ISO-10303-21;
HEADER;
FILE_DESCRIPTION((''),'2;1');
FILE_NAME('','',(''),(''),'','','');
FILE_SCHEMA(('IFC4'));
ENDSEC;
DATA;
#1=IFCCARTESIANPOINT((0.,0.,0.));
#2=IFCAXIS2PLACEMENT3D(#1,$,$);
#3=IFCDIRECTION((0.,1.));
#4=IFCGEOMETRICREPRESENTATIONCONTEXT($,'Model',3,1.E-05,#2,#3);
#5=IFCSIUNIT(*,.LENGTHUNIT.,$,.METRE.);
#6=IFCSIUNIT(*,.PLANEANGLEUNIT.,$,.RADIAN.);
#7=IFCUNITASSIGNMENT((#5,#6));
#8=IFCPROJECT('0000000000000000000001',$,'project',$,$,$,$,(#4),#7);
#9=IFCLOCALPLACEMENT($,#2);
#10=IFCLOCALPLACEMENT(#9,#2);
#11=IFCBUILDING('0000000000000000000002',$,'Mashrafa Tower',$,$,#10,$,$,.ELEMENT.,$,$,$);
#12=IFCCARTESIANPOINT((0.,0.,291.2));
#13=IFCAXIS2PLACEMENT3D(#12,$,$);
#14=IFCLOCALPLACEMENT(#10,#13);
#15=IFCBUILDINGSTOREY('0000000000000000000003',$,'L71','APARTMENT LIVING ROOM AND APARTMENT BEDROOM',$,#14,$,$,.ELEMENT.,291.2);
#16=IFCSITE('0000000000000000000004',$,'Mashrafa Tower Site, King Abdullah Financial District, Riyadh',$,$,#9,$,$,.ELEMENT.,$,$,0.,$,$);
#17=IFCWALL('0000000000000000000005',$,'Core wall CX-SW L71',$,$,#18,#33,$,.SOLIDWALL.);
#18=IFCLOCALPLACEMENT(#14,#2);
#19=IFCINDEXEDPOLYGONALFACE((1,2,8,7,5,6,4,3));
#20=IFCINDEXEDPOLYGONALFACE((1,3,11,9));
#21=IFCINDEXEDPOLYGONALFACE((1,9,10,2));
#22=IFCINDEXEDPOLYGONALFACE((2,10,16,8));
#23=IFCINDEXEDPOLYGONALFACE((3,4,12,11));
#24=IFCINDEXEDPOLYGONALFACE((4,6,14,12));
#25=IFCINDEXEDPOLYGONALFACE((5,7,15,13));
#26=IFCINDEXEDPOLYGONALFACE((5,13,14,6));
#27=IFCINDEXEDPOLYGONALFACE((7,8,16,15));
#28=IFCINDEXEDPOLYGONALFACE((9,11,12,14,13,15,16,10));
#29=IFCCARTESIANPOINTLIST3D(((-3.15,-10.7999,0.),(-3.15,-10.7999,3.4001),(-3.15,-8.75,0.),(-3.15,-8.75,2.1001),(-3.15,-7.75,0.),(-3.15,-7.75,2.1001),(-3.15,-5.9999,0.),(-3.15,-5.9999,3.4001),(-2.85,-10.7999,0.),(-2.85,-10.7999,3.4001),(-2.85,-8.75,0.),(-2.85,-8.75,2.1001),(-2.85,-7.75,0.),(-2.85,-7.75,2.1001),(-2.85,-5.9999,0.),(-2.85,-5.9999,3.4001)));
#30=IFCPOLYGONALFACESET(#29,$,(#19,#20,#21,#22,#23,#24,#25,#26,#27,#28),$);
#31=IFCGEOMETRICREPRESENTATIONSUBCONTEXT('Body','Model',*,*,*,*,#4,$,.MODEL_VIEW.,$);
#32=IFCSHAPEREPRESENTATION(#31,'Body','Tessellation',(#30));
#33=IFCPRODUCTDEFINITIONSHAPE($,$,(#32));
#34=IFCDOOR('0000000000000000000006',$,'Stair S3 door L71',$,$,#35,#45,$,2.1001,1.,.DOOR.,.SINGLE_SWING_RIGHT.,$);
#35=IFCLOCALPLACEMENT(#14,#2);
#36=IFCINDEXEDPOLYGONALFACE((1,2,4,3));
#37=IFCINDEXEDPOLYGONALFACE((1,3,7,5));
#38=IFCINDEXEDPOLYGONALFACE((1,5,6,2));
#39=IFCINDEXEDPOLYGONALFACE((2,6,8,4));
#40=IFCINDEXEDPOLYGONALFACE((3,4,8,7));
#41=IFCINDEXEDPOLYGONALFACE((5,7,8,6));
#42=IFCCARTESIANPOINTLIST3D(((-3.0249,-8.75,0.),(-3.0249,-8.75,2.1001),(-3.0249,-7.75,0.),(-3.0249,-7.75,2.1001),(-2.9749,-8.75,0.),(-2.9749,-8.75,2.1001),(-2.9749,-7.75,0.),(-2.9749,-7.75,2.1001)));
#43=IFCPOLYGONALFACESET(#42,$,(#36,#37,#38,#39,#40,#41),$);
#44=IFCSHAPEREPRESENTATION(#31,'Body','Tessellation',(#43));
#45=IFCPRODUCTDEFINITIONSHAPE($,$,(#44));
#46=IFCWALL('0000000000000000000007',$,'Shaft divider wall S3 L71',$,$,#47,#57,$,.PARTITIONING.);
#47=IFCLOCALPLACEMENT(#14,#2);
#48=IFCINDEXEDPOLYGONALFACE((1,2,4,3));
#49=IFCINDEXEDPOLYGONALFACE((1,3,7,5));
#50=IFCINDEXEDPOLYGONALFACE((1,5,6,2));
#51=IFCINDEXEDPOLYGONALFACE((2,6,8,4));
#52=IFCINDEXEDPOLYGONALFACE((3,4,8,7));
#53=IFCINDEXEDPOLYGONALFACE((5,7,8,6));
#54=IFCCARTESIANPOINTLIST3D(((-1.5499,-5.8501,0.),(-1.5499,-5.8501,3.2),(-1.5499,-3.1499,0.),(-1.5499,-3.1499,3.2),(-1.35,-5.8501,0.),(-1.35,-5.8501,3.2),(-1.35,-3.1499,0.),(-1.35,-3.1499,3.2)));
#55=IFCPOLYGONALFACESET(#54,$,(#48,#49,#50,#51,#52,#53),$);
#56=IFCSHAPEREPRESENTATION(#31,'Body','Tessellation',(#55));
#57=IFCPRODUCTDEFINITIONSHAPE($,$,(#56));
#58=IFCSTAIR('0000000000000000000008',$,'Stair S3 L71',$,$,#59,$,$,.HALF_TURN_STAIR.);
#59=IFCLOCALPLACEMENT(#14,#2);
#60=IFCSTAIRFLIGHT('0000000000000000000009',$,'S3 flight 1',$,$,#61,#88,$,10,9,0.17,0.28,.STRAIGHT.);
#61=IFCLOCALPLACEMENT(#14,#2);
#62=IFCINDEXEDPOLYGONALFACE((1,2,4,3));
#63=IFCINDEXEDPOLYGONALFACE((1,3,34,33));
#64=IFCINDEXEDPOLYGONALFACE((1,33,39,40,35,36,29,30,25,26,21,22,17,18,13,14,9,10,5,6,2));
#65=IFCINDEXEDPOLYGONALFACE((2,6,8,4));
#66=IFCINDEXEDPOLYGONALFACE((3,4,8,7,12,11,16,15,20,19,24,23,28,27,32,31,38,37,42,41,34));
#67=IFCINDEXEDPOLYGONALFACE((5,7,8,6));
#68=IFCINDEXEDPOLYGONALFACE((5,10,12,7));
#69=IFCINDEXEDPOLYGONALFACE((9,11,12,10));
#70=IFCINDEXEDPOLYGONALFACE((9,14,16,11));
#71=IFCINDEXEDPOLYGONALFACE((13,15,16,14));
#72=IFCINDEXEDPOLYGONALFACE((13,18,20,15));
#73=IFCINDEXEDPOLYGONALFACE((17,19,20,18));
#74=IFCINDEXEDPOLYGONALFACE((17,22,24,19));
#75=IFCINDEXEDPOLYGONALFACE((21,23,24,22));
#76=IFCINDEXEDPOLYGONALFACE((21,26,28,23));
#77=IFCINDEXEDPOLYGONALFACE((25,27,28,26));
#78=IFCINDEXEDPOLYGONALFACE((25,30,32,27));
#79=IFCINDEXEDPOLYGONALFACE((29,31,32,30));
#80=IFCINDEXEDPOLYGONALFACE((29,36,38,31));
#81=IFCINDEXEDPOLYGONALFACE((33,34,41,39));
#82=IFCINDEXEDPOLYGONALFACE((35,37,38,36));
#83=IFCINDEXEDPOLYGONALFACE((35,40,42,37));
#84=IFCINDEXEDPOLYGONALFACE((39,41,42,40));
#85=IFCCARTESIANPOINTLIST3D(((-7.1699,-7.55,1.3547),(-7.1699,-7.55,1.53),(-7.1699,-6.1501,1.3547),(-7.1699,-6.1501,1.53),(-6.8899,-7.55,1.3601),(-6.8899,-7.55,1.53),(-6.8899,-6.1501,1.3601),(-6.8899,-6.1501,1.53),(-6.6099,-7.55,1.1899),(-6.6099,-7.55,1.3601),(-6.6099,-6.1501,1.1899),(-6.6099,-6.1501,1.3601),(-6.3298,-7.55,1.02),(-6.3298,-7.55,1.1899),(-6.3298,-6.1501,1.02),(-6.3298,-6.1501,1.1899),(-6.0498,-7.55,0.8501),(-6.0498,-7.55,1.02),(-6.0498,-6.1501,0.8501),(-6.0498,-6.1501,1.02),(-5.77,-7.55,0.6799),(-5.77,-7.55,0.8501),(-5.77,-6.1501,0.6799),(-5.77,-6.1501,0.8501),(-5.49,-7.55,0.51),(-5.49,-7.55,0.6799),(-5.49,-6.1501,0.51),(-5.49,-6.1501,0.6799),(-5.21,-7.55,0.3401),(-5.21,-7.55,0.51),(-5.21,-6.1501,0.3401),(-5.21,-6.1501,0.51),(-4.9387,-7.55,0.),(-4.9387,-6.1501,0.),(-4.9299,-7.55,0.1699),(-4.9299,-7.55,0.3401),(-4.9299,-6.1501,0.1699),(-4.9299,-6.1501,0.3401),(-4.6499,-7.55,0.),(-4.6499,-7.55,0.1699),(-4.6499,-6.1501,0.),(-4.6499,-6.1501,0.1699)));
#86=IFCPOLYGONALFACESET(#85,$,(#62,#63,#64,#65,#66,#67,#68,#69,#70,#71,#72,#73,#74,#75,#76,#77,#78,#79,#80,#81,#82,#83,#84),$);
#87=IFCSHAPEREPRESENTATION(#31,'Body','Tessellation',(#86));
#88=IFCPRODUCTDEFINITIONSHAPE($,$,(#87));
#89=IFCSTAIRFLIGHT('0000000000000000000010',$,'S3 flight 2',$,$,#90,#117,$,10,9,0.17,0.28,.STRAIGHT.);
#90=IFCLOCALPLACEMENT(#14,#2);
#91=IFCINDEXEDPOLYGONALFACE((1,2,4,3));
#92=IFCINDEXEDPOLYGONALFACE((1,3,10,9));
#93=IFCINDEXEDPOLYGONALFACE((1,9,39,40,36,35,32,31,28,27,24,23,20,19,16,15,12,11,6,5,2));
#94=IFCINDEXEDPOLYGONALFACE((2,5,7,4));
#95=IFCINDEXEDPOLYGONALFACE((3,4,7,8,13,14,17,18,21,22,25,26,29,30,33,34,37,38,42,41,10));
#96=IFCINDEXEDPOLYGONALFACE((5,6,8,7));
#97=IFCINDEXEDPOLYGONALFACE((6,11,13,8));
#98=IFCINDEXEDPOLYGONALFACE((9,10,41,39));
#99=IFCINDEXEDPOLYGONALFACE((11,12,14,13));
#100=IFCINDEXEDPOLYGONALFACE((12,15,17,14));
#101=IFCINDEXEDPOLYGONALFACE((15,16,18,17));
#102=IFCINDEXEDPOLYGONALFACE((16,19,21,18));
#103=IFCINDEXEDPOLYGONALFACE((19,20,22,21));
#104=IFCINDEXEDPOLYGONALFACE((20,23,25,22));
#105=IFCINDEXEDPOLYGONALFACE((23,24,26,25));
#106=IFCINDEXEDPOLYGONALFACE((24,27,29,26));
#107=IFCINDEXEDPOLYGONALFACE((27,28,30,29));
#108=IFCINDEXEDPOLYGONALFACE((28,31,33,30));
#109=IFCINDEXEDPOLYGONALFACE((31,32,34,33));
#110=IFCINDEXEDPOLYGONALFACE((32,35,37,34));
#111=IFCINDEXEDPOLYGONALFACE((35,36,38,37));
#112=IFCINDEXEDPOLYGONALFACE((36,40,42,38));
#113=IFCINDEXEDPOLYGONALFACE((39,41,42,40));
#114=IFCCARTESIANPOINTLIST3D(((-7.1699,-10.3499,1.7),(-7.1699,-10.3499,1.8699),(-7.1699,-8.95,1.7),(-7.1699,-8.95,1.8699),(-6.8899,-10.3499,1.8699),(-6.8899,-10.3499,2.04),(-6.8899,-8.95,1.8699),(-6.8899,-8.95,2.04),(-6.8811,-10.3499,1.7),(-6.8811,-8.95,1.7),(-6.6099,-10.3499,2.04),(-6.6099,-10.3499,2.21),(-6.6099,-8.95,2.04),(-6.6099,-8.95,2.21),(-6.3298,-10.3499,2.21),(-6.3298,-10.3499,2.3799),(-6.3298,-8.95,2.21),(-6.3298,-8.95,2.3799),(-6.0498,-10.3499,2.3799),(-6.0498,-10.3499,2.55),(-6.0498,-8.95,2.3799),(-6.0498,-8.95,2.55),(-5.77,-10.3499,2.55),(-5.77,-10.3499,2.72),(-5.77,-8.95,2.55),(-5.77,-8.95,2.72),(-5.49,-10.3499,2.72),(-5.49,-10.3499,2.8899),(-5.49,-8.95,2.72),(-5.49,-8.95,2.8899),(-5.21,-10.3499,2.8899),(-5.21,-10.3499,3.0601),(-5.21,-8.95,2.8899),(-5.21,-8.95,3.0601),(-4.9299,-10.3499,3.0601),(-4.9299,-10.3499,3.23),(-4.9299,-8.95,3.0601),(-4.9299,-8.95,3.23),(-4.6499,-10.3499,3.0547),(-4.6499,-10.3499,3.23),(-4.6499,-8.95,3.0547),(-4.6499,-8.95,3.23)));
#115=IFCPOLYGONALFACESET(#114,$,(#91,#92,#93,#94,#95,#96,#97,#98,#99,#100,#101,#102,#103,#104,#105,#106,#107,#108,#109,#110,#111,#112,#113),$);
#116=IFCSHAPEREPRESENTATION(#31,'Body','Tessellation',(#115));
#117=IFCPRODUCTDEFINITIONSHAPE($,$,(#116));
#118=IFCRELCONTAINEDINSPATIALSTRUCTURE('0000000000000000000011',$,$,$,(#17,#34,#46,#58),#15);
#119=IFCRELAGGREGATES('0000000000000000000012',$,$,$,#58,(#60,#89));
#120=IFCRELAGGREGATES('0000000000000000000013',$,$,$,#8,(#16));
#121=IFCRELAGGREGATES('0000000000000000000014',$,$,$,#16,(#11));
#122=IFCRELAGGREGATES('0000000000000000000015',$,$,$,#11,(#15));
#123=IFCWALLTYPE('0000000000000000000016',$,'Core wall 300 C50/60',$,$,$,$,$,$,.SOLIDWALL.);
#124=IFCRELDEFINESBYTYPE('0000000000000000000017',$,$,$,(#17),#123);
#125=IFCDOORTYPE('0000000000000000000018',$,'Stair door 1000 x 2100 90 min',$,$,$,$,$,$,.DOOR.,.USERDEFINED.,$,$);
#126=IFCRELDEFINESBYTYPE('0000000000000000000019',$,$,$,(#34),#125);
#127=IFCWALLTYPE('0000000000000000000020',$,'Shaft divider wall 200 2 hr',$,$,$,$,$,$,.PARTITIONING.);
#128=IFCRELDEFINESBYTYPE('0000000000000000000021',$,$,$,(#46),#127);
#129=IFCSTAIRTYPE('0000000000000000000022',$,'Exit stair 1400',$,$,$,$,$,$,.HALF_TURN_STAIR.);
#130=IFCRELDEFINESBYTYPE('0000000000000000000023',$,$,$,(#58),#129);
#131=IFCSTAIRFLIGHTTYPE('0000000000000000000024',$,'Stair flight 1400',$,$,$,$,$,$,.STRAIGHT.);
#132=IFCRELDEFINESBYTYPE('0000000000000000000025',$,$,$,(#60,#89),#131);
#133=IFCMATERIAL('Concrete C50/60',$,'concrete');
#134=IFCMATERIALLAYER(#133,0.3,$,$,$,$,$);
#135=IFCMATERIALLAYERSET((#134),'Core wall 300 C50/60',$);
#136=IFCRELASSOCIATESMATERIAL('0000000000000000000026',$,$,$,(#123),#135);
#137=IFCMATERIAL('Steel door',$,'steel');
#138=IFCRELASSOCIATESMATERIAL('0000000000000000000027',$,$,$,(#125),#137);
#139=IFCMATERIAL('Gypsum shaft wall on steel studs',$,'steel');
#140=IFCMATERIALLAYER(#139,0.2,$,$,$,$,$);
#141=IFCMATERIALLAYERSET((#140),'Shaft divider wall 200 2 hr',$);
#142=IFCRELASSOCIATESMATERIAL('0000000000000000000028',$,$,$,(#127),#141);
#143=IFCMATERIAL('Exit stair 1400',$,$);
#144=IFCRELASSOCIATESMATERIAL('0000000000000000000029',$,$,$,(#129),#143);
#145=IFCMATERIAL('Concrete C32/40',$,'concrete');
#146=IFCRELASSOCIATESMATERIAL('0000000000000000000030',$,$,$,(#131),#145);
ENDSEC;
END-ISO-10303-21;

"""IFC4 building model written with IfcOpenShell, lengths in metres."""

from ifc_helpers import new_model, si_unit, direction, frame, frame_2d, origin, place, context, subcontext, project, spatial, polyline, rectangle, outline, extrude, material, layer, layer_set, type_object, element, fill, aggregate, save


model = new_model("IFC4")

# Units and contexts
model_context = context("Model", 3, precision=1e-05, world=origin(), true_north=direction((0.0, 1.0)))
body_context = subcontext(model_context, "Body", "Model", "MODEL_VIEW")
ifc_project = project(units=[si_unit("LENGTHUNIT", "METRE"), si_unit("PLANEANGLEUNIT", "RADIAN")], contexts=[model_context])

# Site, building, storey
site_placement = place(None, origin())
site = spatial("IfcSite", under=ifc_project, at=site_placement, Name="Mashrafa Tower Site, King Abdullah Financial District, Riyadh", CompositionType="ELEMENT", RefElevation=0.0)
building_placement = place(site_placement, origin())
building = spatial("IfcBuilding", under=site, at=building_placement, Name="Mashrafa Tower", CompositionType="ELEMENT")
storey_placement = place(building_placement, frame((0.0, 0.0, 291.2)))
storey = spatial("IfcBuildingStorey", under=building, at=storey_placement, Name="L71", Description="APARTMENT LIVING ROOM AND APARTMENT BEDROOM", CompositionType="ELEMENT", Elevation=291.2)

# Shared definitions
ifc_material_1 = material(Name="Concrete C50/60", Category="concrete")
ifc_layer_1 = layer(ifc_material_1, 0.3)
ifc_layer_set_1 = layer_set([ifc_layer_1], Name="Core wall 300 C50/60")
wall_type_1 = type_object("IfcWallType", Name="Core wall 300 C50/60", PredefinedType="SOLIDWALL", material=ifc_layer_set_1)

# Wall, opening, door
wall_1_placement = place(storey_placement, frame((-3.0, -6.0, 0.0), z_axis=(0.0, 0.0, 1.0), x_axis=(0.0, -1.0, 0.0)))
wall_1 = element("IfcWall", 1, at=wall_1_placement, inside=storey, type_object=wall_type_1, Name="Core wall CX-SW L71", PredefinedType="SOLIDWALL", context=body_context, shape_type="SweptSolid", body=[
    extrude(rectangle(XDim=4.8, YDim=0.3, at=frame_2d((2.3999, 0.0))), origin(), (0.0, 0.0, 1.0), 3.4001),
])
opening_1_placement = place(wall_1_placement, frame((1.75, 0.0, 0.0)))
opening_1 = element("IfcOpeningElement", 2, at=opening_1_placement, cuts=wall_1, PredefinedType="OPENING", context=body_context, shape_type="SweptSolid", body=[
    extrude(rectangle(XDim=1.0, YDim=2.1001, at=frame_2d((0.5, 1.05))), frame((0.0, 0.1599, 0.0), z_axis=(0.0, -1.0, 0.0), x_axis=(1.0, 0.0, 0.0)), (0.0, 0.0, 1.0), 0.3201),
])
ifc_material_2 = material(Name="Steel door", Category="steel")
door_type_1 = type_object("IfcDoorType", Name="Stair door 1000 x 2100 90 min", OperationType="USERDEFINED", PredefinedType="DOOR", material=ifc_material_2)
door_1_placement = place(opening_1_placement, frame((1.0, 0.0, 0.0), z_axis=(0.0, 0.0, 1.0), x_axis=(-1.0, 0.0, 0.0)))
door_1 = element("IfcDoor", 3, at=door_1_placement, inside=storey, type_object=door_type_1, Name="Stair S3 door L71", OperationType="SINGLE_SWING_RIGHT", OverallHeight=2.1001, OverallWidth=1.0, PredefinedType="DOOR", context=body_context, shape_type="SweptSolid", body=[
    extrude(rectangle(XDim=1.0, YDim=2.1001, at=frame_2d((0.5, 1.05))), frame((0.0, 0.0249, 0.0), z_axis=(0.0, -1.0, 0.0), x_axis=(1.0, 0.0, 0.0)), (0.0, 0.0, 1.0), 0.05),
])
fill(opening_1, door_1)

# Wall
ifc_material_3 = material(Name="Gypsum shaft wall on steel studs", Category="steel")
ifc_layer_2 = layer(ifc_material_3, 0.2)
ifc_layer_set_2 = layer_set([ifc_layer_2], Name="Shaft divider wall 200 2 hr")
wall_type_2 = type_object("IfcWallType", Name="Shaft divider wall 200 2 hr", PredefinedType="PARTITIONING", material=ifc_layer_set_2)
wall_2_placement = place(storey_placement, frame((-1.45, -5.8501, 0.0), z_axis=(0.0, 0.0, 1.0), x_axis=(0.0, 1.0, 0.0)))
element("IfcWall", 4, at=wall_2_placement, inside=storey, type_object=wall_type_2, Name="Shaft divider wall S3 L71", PredefinedType="PARTITIONING", context=body_context, shape_type="SweptSolid", body=[
    extrude(rectangle(XDim=2.7002, YDim=0.2, at=frame_2d((1.3501, 0.0))), origin(), (0.0, 0.0, 1.0), 3.2),
])

# Stair, stair flights
ifc_material_4 = material(Name="Exit stair 1400")
stair_type = type_object("IfcStairType", Name="Exit stair 1400", PredefinedType="HALF_TURN_STAIR", material=ifc_material_4)
stair_placement = place(storey_placement, origin())
stair = element("IfcStair", 5, at=stair_placement, inside=storey, type_object=stair_type, Name="Stair S3 L71", PredefinedType="HALF_TURN_STAIR")
ifc_material_5 = material(Name="Concrete C32/40", Category="concrete")
stair_flight_type = type_object("IfcStairFlightType", Name="Stair flight 1400", PredefinedType="STRAIGHT", material=ifc_material_5)
stair_flight_1_placement = place(storey_placement, frame((-4.6499, -6.8501, 0.0), z_axis=(0.0, 0.0, 1.0), x_axis=(-1.0, 0.0, 0.0)))
stair_flight_1 = element("IfcStairFlight", 6, at=stair_flight_1_placement, type_object=stair_flight_type, Name="S3 flight 1", NumberOfRisers=10, NumberOfTreads=9, PredefinedType="STRAIGHT", RiserHeight=0.17, TreadLength=0.28, context=body_context, shape_type="SweptSolid", body=[
    extrude(outline(polyline([(0.0, 0.0), (0.0, 0.1699), (0.28, 0.1699), (0.28, 0.3401), (0.5601, 0.3401), (0.5601, 0.51), (0.8401, 0.51), (0.8401, 0.6799), (1.1201, 0.6799), (1.1201, 0.8501), (1.3999, 0.8501), (1.3999, 1.02), (1.6799, 1.02), (1.6799, 1.1899), (1.96, 1.1899), (1.96, 1.3601), (2.24, 1.3601), (2.24, 1.53), (2.52, 1.53), (2.52, 1.7), (2.52, 1.3547), (0.2888, 0.0), (0.0, 0.0)])), frame((0.0, 0.7, 0.0), z_axis=(0.0, -1.0, 0.0), x_axis=(1.0, 0.0, 0.0)), (0.0, 0.0, 1.0), 1.3999),
])
stair_flight_2_placement = place(storey_placement, frame((-7.1699, -9.6499, 1.7), z_axis=(0.0, 0.0, 1.0), x_axis=(1.0, 0.0, 0.0)))
stair_flight_2 = element("IfcStairFlight", 7, at=stair_flight_2_placement, type_object=stair_flight_type, Name="S3 flight 2", NumberOfRisers=10, NumberOfTreads=9, PredefinedType="STRAIGHT", RiserHeight=0.17, TreadLength=0.28, context=body_context, shape_type="SweptSolid", body=[
    extrude(outline(polyline([(0.0, 0.0), (0.0, 0.1699), (0.28, 0.1699), (0.28, 0.3401), (0.5601, 0.3401), (0.5601, 0.51), (0.8401, 0.51), (0.8401, 0.6799), (1.1201, 0.6799), (1.1201, 0.8501), (1.3999, 0.8501), (1.3999, 1.02), (1.6799, 1.02), (1.6799, 1.1899), (1.96, 1.1899), (1.96, 1.3601), (2.24, 1.3601), (2.24, 1.53), (2.52, 1.53), (2.52, 1.7), (2.52, 1.3547), (0.2888, 0.0), (0.0, 0.0)])), frame((0.0, 0.7, 0.0), z_axis=(0.0, -1.0, 0.0), x_axis=(1.0, 0.0, 0.0)), (0.0, 0.0, 1.0), 1.3999),
])
aggregate(stair, [stair_flight_1, stair_flight_2])

save(model, "model.ifc")
